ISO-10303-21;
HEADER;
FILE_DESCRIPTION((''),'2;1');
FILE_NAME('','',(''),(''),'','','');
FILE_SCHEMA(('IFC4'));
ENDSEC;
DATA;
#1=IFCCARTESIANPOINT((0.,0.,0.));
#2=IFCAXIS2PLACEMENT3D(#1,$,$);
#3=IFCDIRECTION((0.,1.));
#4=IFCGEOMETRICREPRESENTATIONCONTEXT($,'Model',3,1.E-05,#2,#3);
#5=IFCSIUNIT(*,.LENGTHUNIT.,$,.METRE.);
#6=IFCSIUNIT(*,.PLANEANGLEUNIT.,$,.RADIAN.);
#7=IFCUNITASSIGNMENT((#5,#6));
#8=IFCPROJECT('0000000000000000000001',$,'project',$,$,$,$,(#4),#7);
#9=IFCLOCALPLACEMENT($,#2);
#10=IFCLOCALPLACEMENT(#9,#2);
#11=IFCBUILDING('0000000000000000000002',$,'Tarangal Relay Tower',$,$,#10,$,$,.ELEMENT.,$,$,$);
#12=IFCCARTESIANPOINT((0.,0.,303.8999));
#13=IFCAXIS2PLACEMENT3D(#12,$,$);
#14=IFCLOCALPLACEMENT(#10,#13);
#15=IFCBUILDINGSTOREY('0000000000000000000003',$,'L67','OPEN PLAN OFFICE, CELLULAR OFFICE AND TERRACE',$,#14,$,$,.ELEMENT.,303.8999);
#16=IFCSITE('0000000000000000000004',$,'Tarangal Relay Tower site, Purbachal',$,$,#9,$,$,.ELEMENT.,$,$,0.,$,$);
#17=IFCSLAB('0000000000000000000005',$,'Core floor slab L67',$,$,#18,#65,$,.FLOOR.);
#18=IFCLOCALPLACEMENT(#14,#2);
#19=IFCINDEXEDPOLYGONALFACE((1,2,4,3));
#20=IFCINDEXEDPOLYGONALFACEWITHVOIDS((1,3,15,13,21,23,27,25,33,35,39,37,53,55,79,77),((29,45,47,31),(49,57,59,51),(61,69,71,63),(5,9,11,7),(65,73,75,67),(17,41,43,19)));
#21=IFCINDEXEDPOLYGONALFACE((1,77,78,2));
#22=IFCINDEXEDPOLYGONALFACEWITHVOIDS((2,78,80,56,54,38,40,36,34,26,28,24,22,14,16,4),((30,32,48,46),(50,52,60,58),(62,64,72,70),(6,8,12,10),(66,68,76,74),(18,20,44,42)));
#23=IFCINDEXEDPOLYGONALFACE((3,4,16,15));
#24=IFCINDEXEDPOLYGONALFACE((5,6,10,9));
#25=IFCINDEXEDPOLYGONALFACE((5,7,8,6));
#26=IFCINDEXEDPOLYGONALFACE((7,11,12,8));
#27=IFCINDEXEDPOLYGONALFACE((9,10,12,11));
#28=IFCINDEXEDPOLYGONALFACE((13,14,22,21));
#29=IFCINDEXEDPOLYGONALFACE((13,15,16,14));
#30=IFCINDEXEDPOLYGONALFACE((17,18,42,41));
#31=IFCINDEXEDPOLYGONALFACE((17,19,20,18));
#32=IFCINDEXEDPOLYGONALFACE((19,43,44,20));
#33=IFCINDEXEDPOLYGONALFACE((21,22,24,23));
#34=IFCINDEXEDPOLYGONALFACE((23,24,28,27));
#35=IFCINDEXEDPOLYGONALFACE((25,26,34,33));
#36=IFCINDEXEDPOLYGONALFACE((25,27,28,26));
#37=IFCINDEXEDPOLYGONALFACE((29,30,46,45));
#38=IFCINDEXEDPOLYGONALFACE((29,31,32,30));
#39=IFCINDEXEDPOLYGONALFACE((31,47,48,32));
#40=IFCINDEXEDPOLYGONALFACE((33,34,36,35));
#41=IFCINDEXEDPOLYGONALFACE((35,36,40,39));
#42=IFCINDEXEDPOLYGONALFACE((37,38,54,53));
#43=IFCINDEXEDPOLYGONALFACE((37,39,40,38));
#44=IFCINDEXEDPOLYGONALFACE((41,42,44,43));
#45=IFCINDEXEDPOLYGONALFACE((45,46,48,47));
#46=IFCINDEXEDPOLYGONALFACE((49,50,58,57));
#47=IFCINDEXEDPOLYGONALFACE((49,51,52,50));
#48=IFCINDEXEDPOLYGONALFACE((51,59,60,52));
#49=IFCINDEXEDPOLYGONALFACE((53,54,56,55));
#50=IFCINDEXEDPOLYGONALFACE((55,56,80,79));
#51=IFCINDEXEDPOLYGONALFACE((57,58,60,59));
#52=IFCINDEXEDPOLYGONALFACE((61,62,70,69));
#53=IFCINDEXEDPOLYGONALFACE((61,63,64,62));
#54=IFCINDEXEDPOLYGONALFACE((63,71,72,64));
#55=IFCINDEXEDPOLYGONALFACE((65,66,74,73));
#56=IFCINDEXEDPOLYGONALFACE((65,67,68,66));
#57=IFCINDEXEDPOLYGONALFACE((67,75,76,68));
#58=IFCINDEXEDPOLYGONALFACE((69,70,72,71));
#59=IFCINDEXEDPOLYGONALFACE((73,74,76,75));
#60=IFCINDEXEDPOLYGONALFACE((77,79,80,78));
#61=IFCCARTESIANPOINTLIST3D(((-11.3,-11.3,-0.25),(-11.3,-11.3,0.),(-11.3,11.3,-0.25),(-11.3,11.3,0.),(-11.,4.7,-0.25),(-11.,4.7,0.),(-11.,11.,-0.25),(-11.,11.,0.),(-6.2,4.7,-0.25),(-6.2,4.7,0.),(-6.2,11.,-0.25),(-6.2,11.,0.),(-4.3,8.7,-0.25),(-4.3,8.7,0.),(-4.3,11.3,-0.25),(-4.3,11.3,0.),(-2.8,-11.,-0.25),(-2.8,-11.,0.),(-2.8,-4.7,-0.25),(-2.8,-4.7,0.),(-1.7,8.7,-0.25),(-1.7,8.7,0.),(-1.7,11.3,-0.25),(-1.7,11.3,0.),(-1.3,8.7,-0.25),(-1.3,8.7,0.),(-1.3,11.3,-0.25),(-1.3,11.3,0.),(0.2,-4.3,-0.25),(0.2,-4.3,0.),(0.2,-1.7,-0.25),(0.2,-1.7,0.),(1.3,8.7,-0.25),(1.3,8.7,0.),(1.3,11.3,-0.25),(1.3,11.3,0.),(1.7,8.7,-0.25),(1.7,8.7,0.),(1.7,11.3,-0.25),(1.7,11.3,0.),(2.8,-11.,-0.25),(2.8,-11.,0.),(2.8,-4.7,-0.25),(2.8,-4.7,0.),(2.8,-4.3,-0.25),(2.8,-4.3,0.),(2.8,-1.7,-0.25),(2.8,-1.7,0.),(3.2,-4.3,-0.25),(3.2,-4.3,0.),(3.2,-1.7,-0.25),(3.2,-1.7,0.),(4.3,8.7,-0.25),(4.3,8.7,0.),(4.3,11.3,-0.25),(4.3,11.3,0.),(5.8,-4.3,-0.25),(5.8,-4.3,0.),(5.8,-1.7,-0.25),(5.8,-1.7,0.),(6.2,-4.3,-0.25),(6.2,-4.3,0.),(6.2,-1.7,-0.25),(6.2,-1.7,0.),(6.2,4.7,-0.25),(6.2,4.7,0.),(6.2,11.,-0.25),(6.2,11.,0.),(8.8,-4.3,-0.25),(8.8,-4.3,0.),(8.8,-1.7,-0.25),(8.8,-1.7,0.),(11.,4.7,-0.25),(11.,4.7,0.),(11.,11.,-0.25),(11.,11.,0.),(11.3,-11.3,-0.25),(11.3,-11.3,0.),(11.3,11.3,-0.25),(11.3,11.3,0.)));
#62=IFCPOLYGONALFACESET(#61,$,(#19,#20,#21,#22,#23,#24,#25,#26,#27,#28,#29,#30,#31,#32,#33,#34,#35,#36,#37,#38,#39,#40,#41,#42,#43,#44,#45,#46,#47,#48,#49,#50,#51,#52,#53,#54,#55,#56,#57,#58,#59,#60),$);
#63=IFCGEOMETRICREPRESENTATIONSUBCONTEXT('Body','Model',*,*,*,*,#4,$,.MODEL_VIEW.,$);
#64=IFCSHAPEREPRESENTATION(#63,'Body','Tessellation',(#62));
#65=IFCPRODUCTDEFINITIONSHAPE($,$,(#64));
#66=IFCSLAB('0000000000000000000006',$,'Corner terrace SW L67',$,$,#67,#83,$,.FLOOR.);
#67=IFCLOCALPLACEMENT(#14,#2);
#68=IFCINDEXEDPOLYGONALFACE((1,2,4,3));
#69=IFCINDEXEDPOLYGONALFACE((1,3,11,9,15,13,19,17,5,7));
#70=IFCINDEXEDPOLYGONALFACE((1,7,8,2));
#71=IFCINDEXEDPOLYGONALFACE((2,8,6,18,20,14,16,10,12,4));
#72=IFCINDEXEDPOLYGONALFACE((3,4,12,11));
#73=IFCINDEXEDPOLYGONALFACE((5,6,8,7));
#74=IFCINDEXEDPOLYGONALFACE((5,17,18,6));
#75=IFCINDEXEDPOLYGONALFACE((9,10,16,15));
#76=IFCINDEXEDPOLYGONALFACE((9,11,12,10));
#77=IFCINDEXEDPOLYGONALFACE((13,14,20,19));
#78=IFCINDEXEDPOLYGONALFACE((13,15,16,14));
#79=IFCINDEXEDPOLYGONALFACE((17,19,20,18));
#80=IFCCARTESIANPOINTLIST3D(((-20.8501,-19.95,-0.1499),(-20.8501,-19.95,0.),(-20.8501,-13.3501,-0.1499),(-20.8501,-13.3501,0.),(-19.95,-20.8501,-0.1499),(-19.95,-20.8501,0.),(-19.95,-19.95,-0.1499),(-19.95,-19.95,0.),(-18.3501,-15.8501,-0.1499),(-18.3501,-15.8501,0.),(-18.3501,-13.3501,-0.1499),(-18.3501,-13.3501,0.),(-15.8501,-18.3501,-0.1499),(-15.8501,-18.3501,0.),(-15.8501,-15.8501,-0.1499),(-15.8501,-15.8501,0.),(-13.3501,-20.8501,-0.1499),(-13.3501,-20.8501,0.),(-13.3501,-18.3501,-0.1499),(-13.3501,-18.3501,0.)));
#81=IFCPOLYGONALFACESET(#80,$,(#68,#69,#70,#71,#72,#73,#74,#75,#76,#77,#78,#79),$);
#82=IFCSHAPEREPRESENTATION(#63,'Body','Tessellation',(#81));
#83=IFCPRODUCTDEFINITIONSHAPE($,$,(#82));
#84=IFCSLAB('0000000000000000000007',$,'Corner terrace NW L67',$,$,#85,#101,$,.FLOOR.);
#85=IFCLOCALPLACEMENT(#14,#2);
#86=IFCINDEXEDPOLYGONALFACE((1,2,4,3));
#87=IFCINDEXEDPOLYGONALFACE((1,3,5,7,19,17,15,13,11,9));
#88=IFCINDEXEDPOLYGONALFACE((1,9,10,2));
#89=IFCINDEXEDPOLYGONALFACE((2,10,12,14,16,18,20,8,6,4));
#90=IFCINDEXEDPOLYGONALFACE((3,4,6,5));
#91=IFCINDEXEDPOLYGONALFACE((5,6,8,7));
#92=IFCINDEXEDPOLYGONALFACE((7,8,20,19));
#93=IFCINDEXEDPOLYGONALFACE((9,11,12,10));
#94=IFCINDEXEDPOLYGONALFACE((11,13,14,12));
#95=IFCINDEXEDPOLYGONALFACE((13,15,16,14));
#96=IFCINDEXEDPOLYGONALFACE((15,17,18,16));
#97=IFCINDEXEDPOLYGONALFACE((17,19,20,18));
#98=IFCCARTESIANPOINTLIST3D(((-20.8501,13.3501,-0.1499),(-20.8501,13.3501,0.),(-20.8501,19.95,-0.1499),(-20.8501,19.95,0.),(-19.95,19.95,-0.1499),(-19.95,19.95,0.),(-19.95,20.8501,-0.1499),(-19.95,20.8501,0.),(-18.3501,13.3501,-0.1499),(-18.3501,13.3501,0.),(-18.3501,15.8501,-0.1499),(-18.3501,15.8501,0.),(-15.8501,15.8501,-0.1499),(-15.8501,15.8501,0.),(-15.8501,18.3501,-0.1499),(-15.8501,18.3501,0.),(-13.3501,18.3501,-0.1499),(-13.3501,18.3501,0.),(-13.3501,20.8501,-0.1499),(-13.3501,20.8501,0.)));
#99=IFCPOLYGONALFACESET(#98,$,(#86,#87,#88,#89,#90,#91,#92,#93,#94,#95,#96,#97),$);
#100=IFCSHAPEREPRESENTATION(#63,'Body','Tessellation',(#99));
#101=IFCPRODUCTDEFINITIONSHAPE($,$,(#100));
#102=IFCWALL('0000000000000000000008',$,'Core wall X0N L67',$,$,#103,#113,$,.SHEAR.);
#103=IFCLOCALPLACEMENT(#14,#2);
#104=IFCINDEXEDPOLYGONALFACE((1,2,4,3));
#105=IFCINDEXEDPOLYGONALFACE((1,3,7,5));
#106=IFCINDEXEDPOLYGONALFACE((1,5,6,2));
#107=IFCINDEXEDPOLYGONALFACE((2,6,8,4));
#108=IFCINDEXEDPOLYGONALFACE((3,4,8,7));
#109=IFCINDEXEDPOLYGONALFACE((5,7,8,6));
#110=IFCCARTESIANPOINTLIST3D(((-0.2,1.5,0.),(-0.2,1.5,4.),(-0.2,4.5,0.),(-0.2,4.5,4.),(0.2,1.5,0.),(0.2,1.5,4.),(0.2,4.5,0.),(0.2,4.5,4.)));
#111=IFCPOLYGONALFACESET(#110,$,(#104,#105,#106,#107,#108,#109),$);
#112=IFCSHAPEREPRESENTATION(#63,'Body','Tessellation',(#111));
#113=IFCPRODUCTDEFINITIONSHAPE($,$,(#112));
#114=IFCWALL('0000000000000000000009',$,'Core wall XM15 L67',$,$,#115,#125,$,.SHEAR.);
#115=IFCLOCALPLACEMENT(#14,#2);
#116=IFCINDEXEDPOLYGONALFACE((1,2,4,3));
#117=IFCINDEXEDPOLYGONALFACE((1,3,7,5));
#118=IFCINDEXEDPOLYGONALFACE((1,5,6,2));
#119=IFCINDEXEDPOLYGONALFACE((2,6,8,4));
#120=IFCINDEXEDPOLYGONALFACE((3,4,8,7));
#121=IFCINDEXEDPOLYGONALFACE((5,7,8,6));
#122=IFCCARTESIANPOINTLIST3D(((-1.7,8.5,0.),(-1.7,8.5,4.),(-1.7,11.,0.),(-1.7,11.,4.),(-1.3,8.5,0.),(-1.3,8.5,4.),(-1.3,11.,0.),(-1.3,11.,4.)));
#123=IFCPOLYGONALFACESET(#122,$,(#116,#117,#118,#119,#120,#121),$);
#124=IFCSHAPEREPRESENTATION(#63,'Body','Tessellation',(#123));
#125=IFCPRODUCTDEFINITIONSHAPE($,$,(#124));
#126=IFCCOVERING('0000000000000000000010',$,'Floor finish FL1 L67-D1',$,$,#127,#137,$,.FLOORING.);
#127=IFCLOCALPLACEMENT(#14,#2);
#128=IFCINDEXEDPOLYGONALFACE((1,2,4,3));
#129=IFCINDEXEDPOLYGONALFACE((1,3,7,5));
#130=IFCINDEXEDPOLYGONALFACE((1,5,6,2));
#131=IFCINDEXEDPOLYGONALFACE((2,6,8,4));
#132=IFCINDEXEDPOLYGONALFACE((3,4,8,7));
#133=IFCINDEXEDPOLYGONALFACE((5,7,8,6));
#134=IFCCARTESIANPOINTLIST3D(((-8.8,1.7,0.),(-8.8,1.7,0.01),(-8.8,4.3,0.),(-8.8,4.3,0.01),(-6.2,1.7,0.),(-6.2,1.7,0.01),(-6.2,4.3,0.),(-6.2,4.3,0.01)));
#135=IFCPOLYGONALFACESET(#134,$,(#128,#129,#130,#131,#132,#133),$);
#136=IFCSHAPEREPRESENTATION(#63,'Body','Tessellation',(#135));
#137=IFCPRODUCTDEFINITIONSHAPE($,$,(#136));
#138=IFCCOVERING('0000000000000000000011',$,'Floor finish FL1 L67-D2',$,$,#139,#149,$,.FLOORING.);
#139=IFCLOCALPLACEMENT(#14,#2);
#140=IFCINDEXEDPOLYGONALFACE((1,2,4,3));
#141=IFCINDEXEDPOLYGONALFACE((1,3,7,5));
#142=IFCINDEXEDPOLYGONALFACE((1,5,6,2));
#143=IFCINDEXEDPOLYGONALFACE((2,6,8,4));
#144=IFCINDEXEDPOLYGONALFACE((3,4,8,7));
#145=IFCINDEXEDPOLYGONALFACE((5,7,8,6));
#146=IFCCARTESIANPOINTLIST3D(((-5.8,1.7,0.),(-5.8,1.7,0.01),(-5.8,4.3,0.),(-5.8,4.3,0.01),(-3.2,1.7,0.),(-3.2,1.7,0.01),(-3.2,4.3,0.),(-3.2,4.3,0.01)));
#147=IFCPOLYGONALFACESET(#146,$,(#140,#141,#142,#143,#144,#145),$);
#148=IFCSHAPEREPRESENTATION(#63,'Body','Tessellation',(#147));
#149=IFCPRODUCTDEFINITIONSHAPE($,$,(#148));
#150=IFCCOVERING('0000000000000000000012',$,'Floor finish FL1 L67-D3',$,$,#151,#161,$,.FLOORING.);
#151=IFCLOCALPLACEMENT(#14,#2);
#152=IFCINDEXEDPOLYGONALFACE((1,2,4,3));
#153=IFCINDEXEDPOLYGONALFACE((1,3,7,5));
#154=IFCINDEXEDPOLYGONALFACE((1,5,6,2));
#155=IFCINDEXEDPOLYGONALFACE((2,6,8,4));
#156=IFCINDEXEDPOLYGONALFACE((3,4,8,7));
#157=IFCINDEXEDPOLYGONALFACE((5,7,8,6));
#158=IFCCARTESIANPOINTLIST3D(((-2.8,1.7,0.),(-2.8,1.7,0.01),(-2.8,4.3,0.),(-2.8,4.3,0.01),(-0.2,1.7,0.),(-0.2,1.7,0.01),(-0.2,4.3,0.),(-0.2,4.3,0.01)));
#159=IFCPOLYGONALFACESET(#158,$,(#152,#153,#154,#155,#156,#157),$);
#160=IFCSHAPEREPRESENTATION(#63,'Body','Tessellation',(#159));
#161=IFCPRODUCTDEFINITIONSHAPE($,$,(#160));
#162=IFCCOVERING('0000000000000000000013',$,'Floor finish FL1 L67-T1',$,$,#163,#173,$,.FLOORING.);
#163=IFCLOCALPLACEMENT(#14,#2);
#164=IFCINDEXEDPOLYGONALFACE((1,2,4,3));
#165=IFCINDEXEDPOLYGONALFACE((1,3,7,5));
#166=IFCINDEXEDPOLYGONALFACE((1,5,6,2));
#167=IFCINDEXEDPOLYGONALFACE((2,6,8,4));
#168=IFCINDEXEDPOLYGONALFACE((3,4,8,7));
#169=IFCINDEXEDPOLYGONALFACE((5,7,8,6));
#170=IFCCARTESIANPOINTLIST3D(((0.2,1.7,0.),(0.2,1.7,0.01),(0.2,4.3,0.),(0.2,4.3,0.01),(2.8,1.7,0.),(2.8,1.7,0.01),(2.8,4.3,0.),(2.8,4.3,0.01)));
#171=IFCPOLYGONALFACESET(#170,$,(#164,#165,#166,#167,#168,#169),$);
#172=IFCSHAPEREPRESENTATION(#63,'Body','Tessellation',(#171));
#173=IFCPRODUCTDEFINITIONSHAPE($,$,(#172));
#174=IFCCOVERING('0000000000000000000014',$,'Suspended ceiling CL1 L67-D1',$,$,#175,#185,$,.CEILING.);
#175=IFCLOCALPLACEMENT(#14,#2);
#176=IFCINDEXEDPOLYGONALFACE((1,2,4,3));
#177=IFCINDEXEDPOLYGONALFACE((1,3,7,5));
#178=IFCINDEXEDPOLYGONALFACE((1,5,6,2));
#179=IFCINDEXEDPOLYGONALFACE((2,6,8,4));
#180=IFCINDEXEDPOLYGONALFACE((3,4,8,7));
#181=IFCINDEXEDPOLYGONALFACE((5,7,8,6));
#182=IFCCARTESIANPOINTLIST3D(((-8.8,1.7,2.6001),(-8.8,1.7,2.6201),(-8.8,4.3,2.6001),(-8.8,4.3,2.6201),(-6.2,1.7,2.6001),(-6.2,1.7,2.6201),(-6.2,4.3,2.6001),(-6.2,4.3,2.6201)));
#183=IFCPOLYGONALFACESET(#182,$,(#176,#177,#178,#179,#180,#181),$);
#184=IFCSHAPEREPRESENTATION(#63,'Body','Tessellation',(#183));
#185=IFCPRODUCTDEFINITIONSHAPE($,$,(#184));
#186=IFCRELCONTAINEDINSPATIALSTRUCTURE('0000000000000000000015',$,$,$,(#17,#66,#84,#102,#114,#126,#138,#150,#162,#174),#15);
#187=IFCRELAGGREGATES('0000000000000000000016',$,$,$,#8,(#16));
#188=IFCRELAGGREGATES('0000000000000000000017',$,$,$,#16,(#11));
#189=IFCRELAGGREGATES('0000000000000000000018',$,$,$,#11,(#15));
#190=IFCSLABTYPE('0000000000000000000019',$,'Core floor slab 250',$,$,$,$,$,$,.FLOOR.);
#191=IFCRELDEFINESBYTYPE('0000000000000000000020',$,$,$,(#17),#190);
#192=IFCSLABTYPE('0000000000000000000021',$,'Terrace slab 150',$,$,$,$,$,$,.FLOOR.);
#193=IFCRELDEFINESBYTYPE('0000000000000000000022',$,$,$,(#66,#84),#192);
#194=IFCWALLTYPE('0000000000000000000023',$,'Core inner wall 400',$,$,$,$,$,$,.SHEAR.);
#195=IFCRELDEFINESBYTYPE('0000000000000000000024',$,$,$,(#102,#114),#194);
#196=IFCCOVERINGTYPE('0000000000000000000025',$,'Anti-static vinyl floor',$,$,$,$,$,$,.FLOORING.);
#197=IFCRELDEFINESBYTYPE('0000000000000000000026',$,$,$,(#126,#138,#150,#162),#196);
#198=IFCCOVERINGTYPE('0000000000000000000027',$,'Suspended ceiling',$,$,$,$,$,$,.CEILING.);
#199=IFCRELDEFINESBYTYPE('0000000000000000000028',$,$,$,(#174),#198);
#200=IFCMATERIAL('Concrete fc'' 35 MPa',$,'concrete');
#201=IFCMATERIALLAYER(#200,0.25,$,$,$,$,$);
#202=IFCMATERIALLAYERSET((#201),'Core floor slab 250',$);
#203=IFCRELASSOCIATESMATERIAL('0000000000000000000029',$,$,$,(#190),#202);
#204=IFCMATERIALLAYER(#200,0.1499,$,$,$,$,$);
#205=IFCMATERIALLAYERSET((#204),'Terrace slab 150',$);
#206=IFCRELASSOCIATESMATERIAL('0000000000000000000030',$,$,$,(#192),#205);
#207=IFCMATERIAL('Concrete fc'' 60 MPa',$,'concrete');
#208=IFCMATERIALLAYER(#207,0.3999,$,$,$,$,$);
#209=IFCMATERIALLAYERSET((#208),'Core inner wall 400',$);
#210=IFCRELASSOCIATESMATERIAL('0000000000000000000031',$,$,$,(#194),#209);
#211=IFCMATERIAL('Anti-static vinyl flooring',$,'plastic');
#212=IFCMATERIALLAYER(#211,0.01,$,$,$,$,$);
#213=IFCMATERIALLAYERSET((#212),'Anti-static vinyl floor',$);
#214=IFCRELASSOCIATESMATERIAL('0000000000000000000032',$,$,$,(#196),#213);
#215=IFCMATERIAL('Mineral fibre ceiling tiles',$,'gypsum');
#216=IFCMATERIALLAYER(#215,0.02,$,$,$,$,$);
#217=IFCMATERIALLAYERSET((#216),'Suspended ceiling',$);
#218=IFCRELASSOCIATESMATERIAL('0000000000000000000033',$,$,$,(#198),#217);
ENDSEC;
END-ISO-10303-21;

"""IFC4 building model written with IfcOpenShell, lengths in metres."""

from ifc_helpers import new_model, si_unit, direction, frame, frame_2d, origin, place, context, subcontext, project, spatial, polyline, rectangle, outline, extrude, material, layer, layer_set, type_object, element, save


model = new_model("IFC4")

# Units and contexts
model_context = context("Model", 3, precision=1e-05, world=origin(), true_north=direction((0.0, 1.0)))
body_context = subcontext(model_context, "Body", "Model", "MODEL_VIEW")
ifc_project = project(units=[si_unit("LENGTHUNIT", "METRE"), si_unit("PLANEANGLEUNIT", "RADIAN")], contexts=[model_context])

# Site, building, storey
site_placement = place(None, origin())
site = spatial("IfcSite", under=ifc_project, at=site_placement, Name="Tarangal Relay Tower site, Purbachal", CompositionType="ELEMENT", RefElevation=0.0)
building_placement = place(site_placement, origin())
building = spatial("IfcBuilding", under=site, at=building_placement, Name="Tarangal Relay Tower", CompositionType="ELEMENT")
storey_placement = place(building_placement, frame((0.0, 0.0, 303.8999)))
storey = spatial("IfcBuildingStorey", under=building, at=storey_placement, Name="L67", Description="OPEN PLAN OFFICE, CELLULAR OFFICE AND TERRACE", CompositionType="ELEMENT", Elevation=303.8999)

# Slabs
ifc_material_1 = material(Name="Concrete fc' 35 MPa", Category="concrete")
ifc_layer_1 = layer(ifc_material_1, 0.25)
ifc_layer_set_1 = layer_set([ifc_layer_1], Name="Core floor slab 250")
slab_type_1 = type_object("IfcSlabType", Name="Core floor slab 250", PredefinedType="FLOOR", material=ifc_layer_set_1)
slab_1_placement = place(storey_placement, frame((0.0, 0.0, -0.25)))
element("IfcSlab", 1, at=slab_1_placement, inside=storey, type_object=slab_type_1, Name="Core floor slab L67", PredefinedType="FLOOR", context=body_context, shape_type="SweptSolid", body=[
    extrude(outline(polyline([(11.3, 11.3), (11.3, -11.3), (-11.3, -11.3), (-11.3, 11.3), (-4.3, 11.3), (-4.3, 8.7), (-1.7, 8.7), (-1.7, 11.3), (-1.3, 11.3), (-1.3, 8.7), (1.3, 8.7), (1.3, 11.3), (1.7, 11.3), (1.7, 8.7), (4.3, 8.7), (4.3, 11.3), (11.3, 11.3)]), holes=[polyline([(2.8, -4.7), (-2.8, -4.7), (-2.8, -11.0), (2.8, -11.0), (2.8, -4.7)]), polyline([(2.8, -1.7), (0.2, -1.7), (0.2, -4.3), (2.8, -4.3), (2.8, -1.7)]), polyline([(5.8, -1.7), (3.2, -1.7), (3.2, -4.3), (5.8, -4.3), (5.8, -1.7)]), polyline([(8.8, -1.7), (6.2, -1.7), (6.2, -4.3), (8.8, -4.3), (8.8, -1.7)]), polyline([(-6.2, 11.0), (-11.0, 11.0), (-11.0, 4.7), (-6.2, 4.7), (-6.2, 11.0)]), polyline([(11.0, 11.0), (6.2, 11.0), (6.2, 4.7), (11.0, 4.7), (11.0, 11.0)])]), origin(), (0.0, 0.0, 1.0), 0.25),
])
ifc_layer_2 = layer(ifc_material_1, 0.1499)
ifc_layer_set_2 = layer_set([ifc_layer_2], Name="Terrace slab 150")
slab_type_2 = type_object("IfcSlabType", Name="Terrace slab 150", PredefinedType="FLOOR", material=ifc_layer_set_2)
slab_2_placement = place(storey_placement, frame((0.0, 0.0, -0.1499)))
element("IfcSlab", 2, at=slab_2_placement, inside=storey, type_object=slab_type_2, Name="Corner terrace SW L67", PredefinedType="FLOOR", context=body_context, shape_type="SweptSolid", body=[
    extrude(outline(polyline([(-13.3501, -20.8501), (-13.3501, -18.3501), (-15.8501, -18.3501), (-15.8501, -15.8501), (-18.3501, -15.8501), (-18.3501, -13.3501), (-20.8501, -13.3501), (-20.8501, -19.95), (-19.95, -19.95), (-19.95, -20.8501), (-13.3501, -20.8501)])), origin(), (0.0, 0.0, 1.0), 0.1499),
])
slab_3_placement = place(storey_placement, frame((0.0, 0.0, -0.1499)))
element("IfcSlab", 3, at=slab_3_placement, inside=storey, type_object=slab_type_2, Name="Corner terrace NW L67", PredefinedType="FLOOR", context=body_context, shape_type="SweptSolid", body=[
    extrude(outline(polyline([(-20.8501, 13.3501), (-18.3501, 13.3501), (-18.3501, 15.8501), (-15.8501, 15.8501), (-15.8501, 18.3501), (-13.3501, 18.3501), (-13.3501, 20.8501), (-19.95, 20.8501), (-19.95, 19.95), (-20.8501, 19.95), (-20.8501, 13.3501)])), origin(), (0.0, 0.0, 1.0), 0.1499),
])

# Walls
ifc_material_2 = material(Name="Concrete fc' 60 MPa", Category="concrete")
ifc_layer_3 = layer(ifc_material_2, 0.3999)
ifc_layer_set_3 = layer_set([ifc_layer_3], Name="Core inner wall 400")
wall_type = type_object("IfcWallType", Name="Core inner wall 400", PredefinedType="SHEAR", material=ifc_layer_set_3)
wall_1_placement = place(storey_placement, frame((0.0, 1.5, 0.0), z_axis=(0.0, 0.0, 1.0), x_axis=(0.0, 1.0, 0.0)))
element("IfcWall", 4, at=wall_1_placement, inside=storey, type_object=wall_type, Name="Core wall X0N L67", PredefinedType="SHEAR", context=body_context, shape_type="SweptSolid", body=[
    extrude(rectangle(XDim=3.0, YDim=0.3999, at=frame_2d((1.5, 0.0))), origin(), (0.0, 0.0, 1.0), 4.0),
])
wall_2_placement = place(storey_placement, frame((-1.5, 8.5, 0.0), z_axis=(0.0, 0.0, 1.0), x_axis=(0.0, 1.0, 0.0)))
element("IfcWall", 5, at=wall_2_placement, inside=storey, type_object=wall_type, Name="Core wall XM15 L67", PredefinedType="SHEAR", context=body_context, shape_type="SweptSolid", body=[
    extrude(rectangle(XDim=2.5, YDim=0.3999, at=frame_2d((1.25, 0.0))), origin(), (0.0, 0.0, 1.0), 4.0),
])

# Coverings
ifc_material_3 = material(Name="Anti-static vinyl flooring", Category="plastic")
ifc_layer_4 = layer(ifc_material_3, 0.01)
ifc_layer_set_4 = layer_set([ifc_layer_4], Name="Anti-static vinyl floor")
covering_type_1 = type_object("IfcCoveringType", Name="Anti-static vinyl floor", PredefinedType="FLOORING", material=ifc_layer_set_4)
covering_1_placement = place(storey_placement, origin())
element("IfcCovering", 6, at=covering_1_placement, inside=storey, type_object=covering_type_1, Name="Floor finish FL1 L67-D1", PredefinedType="FLOORING", context=body_context, shape_type="SweptSolid", body=[
    extrude(outline(polyline([(-8.8, 1.7), (-6.2, 1.7), (-6.2, 4.3), (-8.8, 4.3), (-8.8, 1.7)])), origin(), (0.0, 0.0, 1.0), 0.01),
])
covering_2_placement = place(storey_placement, origin())
element("IfcCovering", 7, at=covering_2_placement, inside=storey, type_object=covering_type_1, Name="Floor finish FL1 L67-D2", PredefinedType="FLOORING", context=body_context, shape_type="SweptSolid", body=[
    extrude(outline(polyline([(-5.8, 1.7), (-3.2, 1.7), (-3.2, 4.3), (-5.8, 4.3), (-5.8, 1.7)])), origin(), (0.0, 0.0, 1.0), 0.01),
])
covering_3_placement = place(storey_placement, origin())
element("IfcCovering", 8, at=covering_3_placement, inside=storey, type_object=covering_type_1, Name="Floor finish FL1 L67-D3", PredefinedType="FLOORING", context=body_context, shape_type="SweptSolid", body=[
    extrude(outline(polyline([(-2.8, 1.7), (-0.2, 1.7), (-0.2, 4.3), (-2.8, 4.3), (-2.8, 1.7)])), origin(), (0.0, 0.0, 1.0), 0.01),
])
covering_4_placement = place(storey_placement, origin())
element("IfcCovering", 9, at=covering_4_placement, inside=storey, type_object=covering_type_1, Name="Floor finish FL1 L67-T1", PredefinedType="FLOORING", context=body_context, shape_type="SweptSolid", body=[
    extrude(outline(polyline([(0.2, 1.7), (2.8, 1.7), (2.8, 4.3), (0.2, 4.3), (0.2, 1.7)])), origin(), (0.0, 0.0, 1.0), 0.01),
])
ifc_material_4 = material(Name="Mineral fibre ceiling tiles", Category="gypsum")
ifc_layer_5 = layer(ifc_material_4, 0.02)
ifc_layer_set_5 = layer_set([ifc_layer_5], Name="Suspended ceiling")
covering_type_2 = type_object("IfcCoveringType", Name="Suspended ceiling", PredefinedType="CEILING", material=ifc_layer_set_5)
covering_5_placement = place(storey_placement, frame((0.0, 0.0, 2.6001)))
element("IfcCovering", 10, at=covering_5_placement, inside=storey, type_object=covering_type_2, Name="Suspended ceiling CL1 L67-D1", PredefinedType="CEILING", context=body_context, shape_type="SweptSolid", body=[
    extrude(outline(polyline([(-8.8, 1.7), (-6.2, 1.7), (-6.2, 4.3), (-8.8, 4.3), (-8.8, 1.7)])), origin(), (0.0, 0.0, 1.0), 0.02),
])

save(model, "model.ifc")
